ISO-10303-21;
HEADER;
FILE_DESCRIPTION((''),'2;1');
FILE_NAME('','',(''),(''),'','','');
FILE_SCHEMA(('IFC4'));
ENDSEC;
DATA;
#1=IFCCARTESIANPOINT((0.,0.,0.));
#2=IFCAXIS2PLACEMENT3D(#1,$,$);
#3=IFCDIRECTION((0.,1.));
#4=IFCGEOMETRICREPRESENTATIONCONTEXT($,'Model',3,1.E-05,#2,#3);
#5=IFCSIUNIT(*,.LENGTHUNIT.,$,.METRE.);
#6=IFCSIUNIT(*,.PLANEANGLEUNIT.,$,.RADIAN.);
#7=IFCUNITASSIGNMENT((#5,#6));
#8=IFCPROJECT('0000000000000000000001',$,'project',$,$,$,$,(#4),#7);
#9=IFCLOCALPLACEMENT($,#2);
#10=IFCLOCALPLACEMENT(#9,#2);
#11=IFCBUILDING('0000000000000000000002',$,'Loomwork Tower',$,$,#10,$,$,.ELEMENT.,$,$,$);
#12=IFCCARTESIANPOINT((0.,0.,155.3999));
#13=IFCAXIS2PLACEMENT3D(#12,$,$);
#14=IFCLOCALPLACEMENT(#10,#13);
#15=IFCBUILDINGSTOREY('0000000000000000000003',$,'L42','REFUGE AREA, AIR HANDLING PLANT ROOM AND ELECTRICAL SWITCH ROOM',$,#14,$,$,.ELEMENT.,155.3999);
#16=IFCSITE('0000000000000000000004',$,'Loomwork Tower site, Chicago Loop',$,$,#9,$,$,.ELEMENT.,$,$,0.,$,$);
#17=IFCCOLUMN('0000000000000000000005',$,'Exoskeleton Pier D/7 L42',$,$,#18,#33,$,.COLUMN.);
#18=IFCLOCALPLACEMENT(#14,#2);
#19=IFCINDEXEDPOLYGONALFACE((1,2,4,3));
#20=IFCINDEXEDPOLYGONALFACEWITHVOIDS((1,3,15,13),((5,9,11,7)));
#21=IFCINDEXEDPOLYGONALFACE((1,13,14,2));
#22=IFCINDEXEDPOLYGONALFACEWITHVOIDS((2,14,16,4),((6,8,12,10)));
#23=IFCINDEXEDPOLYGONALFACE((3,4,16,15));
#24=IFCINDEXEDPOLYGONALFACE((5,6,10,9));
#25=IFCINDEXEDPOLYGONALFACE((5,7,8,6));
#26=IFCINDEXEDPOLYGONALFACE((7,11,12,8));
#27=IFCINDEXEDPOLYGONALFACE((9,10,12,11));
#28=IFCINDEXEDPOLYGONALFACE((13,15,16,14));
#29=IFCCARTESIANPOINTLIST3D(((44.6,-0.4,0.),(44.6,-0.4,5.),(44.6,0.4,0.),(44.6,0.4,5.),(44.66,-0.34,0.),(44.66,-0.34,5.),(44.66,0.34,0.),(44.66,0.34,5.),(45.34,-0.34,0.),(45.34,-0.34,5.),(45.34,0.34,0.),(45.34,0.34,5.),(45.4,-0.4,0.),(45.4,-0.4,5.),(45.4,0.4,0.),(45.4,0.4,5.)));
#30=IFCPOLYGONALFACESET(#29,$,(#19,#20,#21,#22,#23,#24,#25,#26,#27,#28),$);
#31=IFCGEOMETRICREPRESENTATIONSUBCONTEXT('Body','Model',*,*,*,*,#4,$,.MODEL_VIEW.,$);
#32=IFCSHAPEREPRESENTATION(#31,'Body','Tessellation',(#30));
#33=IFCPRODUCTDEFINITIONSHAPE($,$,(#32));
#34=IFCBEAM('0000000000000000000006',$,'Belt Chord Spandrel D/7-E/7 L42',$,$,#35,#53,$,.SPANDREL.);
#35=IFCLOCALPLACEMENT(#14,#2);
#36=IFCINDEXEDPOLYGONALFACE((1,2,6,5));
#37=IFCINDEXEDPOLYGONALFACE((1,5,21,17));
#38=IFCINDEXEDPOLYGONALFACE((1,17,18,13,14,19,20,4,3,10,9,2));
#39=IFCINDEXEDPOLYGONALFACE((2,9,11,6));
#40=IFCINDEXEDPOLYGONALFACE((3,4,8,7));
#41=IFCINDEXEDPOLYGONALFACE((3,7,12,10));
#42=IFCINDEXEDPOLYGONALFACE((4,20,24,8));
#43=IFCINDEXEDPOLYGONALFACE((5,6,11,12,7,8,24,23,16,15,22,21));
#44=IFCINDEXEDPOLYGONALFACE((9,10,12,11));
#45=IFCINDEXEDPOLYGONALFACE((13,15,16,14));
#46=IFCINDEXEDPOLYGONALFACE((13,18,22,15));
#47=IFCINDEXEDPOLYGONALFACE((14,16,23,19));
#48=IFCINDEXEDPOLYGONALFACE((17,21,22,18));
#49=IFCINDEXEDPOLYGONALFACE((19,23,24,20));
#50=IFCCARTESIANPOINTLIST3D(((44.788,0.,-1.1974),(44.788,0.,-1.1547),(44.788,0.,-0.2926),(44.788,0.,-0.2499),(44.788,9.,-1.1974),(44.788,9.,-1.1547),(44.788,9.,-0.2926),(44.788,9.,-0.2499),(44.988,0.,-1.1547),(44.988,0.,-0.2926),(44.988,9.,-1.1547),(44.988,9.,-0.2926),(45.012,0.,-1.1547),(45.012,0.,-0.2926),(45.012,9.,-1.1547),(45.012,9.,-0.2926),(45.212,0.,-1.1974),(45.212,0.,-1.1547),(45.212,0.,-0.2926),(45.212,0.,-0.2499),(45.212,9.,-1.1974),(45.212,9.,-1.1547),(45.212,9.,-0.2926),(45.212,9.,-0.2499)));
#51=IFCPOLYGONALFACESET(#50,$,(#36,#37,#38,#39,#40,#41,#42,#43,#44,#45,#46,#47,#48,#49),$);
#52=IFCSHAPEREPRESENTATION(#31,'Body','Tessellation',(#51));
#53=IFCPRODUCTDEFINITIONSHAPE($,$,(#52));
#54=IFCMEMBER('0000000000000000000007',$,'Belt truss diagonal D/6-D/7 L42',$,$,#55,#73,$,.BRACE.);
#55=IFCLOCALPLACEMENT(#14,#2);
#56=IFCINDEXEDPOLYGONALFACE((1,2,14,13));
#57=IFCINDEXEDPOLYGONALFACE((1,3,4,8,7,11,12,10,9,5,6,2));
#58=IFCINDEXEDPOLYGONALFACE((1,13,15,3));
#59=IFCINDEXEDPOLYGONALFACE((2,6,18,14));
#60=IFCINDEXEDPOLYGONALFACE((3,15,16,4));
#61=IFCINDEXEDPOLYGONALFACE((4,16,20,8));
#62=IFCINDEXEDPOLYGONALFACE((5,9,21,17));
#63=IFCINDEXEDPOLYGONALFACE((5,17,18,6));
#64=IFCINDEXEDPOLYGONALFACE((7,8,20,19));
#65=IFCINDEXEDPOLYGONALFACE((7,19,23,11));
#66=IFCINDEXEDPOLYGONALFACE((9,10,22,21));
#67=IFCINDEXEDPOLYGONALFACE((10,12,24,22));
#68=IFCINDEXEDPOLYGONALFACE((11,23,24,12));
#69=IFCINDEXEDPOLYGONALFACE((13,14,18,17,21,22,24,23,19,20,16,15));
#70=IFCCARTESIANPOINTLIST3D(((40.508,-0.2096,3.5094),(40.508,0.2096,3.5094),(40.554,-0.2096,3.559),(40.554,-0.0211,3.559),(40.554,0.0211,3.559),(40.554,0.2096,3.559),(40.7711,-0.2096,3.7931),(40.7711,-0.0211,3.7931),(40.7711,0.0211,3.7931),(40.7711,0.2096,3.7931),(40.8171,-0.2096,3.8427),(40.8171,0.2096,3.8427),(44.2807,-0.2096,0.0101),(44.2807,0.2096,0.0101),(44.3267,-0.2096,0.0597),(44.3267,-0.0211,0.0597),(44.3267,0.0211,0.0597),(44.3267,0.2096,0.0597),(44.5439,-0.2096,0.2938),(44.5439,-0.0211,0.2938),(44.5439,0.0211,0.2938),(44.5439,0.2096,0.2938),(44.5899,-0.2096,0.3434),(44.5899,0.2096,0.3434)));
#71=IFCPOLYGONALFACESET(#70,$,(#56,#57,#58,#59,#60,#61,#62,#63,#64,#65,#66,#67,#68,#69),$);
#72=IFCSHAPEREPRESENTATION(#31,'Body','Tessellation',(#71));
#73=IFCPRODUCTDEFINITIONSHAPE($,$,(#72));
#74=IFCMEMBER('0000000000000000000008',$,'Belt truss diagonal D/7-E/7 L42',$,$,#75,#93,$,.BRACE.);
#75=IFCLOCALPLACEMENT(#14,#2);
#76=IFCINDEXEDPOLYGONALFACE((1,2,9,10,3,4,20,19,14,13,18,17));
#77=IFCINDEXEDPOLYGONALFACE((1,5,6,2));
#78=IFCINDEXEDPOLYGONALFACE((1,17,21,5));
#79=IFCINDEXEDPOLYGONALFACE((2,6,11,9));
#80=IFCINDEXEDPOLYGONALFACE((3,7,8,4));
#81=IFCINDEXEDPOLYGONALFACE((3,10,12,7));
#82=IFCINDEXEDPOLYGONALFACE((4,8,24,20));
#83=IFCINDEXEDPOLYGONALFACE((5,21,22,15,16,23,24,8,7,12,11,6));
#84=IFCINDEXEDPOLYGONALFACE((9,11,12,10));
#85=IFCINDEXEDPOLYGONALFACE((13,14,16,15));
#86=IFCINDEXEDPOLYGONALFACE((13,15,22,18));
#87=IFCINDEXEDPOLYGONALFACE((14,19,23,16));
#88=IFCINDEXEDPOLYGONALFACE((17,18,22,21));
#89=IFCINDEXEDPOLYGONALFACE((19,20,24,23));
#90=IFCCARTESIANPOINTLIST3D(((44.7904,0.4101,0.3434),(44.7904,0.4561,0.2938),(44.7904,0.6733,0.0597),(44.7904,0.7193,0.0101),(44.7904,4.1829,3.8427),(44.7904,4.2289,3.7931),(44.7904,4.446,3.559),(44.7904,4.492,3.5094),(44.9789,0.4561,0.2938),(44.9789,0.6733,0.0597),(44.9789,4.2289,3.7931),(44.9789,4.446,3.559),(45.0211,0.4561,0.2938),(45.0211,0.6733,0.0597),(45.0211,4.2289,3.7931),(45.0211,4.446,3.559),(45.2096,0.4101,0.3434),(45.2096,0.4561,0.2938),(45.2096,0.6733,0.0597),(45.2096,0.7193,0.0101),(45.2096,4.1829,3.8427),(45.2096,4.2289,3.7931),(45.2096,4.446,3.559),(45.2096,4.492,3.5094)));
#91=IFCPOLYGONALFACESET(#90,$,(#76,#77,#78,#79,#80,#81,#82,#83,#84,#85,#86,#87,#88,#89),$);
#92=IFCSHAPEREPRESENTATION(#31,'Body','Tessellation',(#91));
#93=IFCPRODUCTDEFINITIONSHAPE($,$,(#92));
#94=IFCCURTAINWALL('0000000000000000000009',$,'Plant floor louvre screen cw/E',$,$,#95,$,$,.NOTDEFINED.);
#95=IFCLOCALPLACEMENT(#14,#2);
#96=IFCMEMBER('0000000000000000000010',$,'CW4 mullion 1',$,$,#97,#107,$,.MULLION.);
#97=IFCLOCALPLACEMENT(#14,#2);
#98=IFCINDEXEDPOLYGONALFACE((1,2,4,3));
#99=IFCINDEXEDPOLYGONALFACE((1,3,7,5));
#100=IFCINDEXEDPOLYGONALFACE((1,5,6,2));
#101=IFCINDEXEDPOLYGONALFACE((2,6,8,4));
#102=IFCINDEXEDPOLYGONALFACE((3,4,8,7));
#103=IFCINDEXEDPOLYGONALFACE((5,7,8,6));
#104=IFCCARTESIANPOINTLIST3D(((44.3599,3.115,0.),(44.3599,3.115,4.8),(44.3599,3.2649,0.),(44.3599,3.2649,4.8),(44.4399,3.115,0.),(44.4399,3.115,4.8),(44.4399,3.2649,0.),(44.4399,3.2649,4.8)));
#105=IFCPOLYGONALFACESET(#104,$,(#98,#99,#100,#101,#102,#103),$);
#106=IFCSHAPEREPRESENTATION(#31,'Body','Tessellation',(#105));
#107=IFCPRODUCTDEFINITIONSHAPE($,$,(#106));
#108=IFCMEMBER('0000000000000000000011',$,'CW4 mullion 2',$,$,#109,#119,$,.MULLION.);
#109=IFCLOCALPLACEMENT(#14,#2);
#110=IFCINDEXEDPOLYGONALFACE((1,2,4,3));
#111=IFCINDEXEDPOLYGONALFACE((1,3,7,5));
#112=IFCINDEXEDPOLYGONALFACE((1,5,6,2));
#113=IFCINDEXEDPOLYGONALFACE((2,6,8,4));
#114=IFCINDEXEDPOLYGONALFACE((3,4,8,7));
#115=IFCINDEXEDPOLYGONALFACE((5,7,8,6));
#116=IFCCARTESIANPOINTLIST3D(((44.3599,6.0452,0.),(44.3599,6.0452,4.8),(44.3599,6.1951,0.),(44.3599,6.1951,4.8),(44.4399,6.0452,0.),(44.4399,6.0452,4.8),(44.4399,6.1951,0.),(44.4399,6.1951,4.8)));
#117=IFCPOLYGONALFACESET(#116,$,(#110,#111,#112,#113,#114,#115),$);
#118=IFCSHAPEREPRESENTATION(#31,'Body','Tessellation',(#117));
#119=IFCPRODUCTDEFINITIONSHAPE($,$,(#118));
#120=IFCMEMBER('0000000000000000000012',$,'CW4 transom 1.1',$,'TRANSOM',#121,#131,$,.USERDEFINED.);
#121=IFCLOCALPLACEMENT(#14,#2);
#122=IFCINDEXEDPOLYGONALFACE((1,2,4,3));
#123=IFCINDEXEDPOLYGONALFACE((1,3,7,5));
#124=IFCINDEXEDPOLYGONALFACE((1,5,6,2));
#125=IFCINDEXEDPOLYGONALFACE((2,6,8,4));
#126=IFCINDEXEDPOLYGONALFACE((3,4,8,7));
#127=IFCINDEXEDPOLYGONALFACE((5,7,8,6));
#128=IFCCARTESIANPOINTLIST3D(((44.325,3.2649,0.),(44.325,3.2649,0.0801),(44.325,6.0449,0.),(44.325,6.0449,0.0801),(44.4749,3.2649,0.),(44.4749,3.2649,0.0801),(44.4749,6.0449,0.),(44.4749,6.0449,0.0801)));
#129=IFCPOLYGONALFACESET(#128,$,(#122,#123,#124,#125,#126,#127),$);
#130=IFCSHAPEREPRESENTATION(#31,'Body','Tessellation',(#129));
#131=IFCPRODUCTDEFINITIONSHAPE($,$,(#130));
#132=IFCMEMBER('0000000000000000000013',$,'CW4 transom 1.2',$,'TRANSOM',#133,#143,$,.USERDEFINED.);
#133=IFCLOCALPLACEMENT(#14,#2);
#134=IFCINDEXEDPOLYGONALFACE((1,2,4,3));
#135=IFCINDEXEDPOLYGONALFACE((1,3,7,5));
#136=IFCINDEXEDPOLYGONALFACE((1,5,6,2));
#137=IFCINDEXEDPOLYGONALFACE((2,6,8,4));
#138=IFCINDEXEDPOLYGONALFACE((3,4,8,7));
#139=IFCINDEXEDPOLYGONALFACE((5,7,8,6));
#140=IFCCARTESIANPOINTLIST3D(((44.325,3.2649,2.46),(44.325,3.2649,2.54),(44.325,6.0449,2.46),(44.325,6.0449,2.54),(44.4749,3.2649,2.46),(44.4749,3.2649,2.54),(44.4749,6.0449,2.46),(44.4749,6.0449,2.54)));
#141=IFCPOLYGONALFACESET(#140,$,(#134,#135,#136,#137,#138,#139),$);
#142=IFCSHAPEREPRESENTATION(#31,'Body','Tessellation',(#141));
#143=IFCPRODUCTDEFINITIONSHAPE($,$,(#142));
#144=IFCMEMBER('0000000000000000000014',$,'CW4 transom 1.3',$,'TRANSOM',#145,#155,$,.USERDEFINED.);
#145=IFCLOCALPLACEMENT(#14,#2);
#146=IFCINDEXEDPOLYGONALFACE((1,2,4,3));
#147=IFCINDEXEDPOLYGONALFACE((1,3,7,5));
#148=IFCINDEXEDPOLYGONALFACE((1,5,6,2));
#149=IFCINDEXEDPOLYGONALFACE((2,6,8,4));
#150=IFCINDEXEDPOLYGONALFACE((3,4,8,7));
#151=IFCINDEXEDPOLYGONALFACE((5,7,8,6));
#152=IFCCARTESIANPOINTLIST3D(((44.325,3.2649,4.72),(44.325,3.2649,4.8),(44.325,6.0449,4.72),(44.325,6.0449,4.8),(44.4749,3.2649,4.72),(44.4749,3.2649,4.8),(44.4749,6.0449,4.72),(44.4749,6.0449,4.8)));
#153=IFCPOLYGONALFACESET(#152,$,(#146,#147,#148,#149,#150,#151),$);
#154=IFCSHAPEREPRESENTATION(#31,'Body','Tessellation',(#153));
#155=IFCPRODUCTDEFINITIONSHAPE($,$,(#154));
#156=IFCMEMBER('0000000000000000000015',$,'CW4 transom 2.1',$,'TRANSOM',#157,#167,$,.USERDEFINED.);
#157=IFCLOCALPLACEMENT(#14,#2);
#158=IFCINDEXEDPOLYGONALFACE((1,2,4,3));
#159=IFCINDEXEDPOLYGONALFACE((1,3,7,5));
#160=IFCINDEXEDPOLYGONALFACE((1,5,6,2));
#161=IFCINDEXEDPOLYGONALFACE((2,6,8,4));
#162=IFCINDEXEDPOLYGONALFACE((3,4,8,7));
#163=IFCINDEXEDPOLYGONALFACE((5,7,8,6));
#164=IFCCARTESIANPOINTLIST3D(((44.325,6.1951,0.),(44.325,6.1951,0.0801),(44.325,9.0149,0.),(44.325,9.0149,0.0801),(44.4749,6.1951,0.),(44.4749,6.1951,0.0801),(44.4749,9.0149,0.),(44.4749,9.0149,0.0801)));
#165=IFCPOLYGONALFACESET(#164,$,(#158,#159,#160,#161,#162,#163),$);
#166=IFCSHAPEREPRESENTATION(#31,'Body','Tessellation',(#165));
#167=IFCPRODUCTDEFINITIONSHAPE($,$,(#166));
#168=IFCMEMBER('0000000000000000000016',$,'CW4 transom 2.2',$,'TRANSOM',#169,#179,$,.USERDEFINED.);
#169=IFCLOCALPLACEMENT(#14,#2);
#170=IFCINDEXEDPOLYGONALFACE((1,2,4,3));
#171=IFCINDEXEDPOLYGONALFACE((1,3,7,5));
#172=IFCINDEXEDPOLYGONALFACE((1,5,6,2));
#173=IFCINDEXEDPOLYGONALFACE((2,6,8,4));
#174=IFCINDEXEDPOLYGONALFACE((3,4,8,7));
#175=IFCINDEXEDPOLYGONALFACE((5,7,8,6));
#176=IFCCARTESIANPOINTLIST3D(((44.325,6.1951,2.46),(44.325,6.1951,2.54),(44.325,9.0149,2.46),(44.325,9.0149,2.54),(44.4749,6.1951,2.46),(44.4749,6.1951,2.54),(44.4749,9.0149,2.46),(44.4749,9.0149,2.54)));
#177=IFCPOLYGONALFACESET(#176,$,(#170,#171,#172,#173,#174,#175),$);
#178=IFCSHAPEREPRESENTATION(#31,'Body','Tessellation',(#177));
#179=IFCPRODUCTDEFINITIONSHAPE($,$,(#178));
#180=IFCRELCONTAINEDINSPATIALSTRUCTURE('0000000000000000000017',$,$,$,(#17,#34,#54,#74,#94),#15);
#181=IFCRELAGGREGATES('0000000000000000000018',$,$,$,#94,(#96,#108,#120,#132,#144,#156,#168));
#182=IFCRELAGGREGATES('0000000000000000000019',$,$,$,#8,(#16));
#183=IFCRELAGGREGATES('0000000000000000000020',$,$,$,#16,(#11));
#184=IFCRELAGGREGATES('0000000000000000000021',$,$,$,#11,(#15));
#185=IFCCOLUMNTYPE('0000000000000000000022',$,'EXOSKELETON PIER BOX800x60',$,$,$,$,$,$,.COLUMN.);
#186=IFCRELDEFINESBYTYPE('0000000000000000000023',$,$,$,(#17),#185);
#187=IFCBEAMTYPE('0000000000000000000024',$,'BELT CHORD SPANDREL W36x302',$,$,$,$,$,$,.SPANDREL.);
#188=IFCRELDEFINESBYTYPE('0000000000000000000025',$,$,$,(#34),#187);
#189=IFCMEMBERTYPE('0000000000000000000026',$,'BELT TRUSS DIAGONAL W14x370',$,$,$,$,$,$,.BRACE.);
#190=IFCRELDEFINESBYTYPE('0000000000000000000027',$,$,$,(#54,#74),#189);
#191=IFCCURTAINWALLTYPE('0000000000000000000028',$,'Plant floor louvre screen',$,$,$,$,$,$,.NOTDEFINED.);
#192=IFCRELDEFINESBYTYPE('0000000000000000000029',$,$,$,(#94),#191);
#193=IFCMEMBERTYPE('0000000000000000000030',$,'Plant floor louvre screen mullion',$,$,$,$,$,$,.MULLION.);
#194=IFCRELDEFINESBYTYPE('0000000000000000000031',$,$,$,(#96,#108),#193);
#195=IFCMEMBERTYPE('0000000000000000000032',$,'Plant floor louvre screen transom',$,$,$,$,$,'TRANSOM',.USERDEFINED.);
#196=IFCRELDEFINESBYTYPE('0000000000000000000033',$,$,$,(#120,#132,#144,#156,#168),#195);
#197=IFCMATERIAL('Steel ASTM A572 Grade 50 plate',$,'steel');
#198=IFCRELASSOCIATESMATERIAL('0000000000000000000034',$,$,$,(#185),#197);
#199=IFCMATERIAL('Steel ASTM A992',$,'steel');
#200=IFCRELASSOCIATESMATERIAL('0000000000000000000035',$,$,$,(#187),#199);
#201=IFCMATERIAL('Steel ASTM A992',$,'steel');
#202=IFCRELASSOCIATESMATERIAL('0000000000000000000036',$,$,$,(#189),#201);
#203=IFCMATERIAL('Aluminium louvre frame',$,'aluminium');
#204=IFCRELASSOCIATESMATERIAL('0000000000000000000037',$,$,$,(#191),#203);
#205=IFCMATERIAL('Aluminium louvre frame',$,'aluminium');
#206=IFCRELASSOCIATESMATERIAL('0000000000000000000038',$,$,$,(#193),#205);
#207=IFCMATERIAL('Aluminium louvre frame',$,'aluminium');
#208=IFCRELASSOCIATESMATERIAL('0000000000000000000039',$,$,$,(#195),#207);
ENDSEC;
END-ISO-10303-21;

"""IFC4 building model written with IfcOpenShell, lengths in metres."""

from ifc_helpers import new_model, si_unit, direction, frame, origin, origin_2d, place, context, subcontext, project, spatial, rectangle, hollow_rectangle, i_section, extrude, material, material_profile, profile_set, type_object, element, aggregate, save


model = new_model("IFC4")

# Units and contexts
model_context = context("Model", 3, precision=1e-05, world=origin(), true_north=direction((0.0, 1.0)))
body_context = subcontext(model_context, "Body", "Model", "MODEL_VIEW")
ifc_project = project(units=[si_unit("LENGTHUNIT", "METRE"), si_unit("PLANEANGLEUNIT", "RADIAN")], contexts=[model_context])

# Site, building, storey
site_placement = place(None, origin())
site = spatial("IfcSite", under=ifc_project, at=site_placement, Name="Loomwork Tower site, Chicago Loop", CompositionType="ELEMENT", RefElevation=0.0)
building_placement = place(site_placement, origin())
building = spatial("IfcBuilding", under=site, at=building_placement, Name="Loomwork Tower", CompositionType="ELEMENT")
storey_placement = place(building_placement, frame((0.0, 0.0, 155.3999)))
storey = spatial("IfcBuildingStorey", under=building, at=storey_placement, Name="L42", Description="REFUGE AREA, AIR HANDLING PLANT ROOM AND ELECTRICAL SWITCH ROOM", CompositionType="ELEMENT", Elevation=155.3999)

# Column
ifc_material_1 = material(Name="Steel ASTM A572 Grade 50 plate", Category="steel")
ifc_material_profile_1 = material_profile(ifc_material_1, hollow_rectangle(XDim=0.8, YDim=0.8, WallThickness=0.0601, at=origin_2d()), Name="BOX800x60")
ifc_profile_set_1 = profile_set([ifc_material_profile_1], Name="Steel ASTM A572 Grade 50 plate")
column_type = type_object("IfcColumnType", Name="EXOSKELETON PIER BOX800x60", PredefinedType="COLUMN", material=ifc_profile_set_1)
column_placement = place(storey_placement, frame((45.0, 0.0, 0.0), z_axis=(0.0, 0.0, 1.0), x_axis=(1.0, 0.0, 0.0)))
element("IfcColumn", 1, at=column_placement, inside=storey, type_object=column_type, Name="Exoskeleton Pier D/7 L42", PredefinedType="COLUMN", context=body_context, shape_type="SweptSolid", body=[
    extrude(hollow_rectangle(XDim=0.8, YDim=0.8, WallThickness=0.0601, at=origin_2d()), origin(), (0.0, 0.0, 1.0), 5.0),
])

# Beam
ifc_material_2 = material(Name="Steel ASTM A992", Category="steel")
ifc_material_profile_2 = material_profile(ifc_material_2, i_section(OverallWidth=0.4241, OverallDepth=0.9475, WebThickness=0.0239, FlangeThickness=0.0427, at=origin_2d()), Name="W36x302")
ifc_profile_set_2 = profile_set([ifc_material_profile_2], Name="Steel ASTM A992")
beam_type = type_object("IfcBeamType", Name="BELT CHORD SPANDREL W36x302", PredefinedType="SPANDREL", material=ifc_profile_set_2)
beam_placement = place(storey_placement, frame((45.0, 0.0, -0.7236), z_axis=(0.0, 1.0, 0.0), x_axis=(-1.0, 0.0, 0.0)))
element("IfcBeam", 2, at=beam_placement, inside=storey, type_object=beam_type, Name="Belt Chord Spandrel D/7-E/7 L42", PredefinedType="SPANDREL", context=body_context, shape_type="SweptSolid", body=[
    extrude(i_section(OverallWidth=0.4241, OverallDepth=0.9475, WebThickness=0.0239, FlangeThickness=0.0427, at=origin_2d()), origin(), (0.0, 0.0, 1.0), 9.0),
])

# Members
ifc_material_3 = material(Name="Steel ASTM A992", Category="steel")
ifc_material_profile_3 = material_profile(ifc_material_3, i_section(OverallWidth=0.4192, OverallDepth=0.4546, WebThickness=0.0422, FlangeThickness=0.0676, at=origin_2d()), Name="W14x370")
ifc_profile_set_3 = profile_set([ifc_material_profile_3], Name="Steel ASTM A992")
member_type_1 = type_object("IfcMemberType", Name="BELT TRUSS DIAGONAL W14x370", PredefinedType="BRACE", material=ifc_profile_set_3)
for number, where, z_axis, x_axis, name in (
    (3, (44.4353, 0.0, 0.1768), (-0.733177, 0.0, 0.680038), (0.0, -1.0, 0.0), "Belt truss diagonal D/6-D/7 L42"),
    (4, (45.0, 0.5647, 0.1768), (0.0, 0.733177, 0.680038), (-1.0, 0.0, 0.0), "Belt truss diagonal D/7-E/7 L42"),
):
    element("IfcMember", number, at=place(storey_placement, frame(where, z_axis=z_axis, x_axis=x_axis)), inside=storey, type_object=member_type_1, Name=name, PredefinedType="BRACE", context=body_context, shape_type="SweptSolid", body=[
        extrude(i_section(OverallWidth=0.4192, OverallDepth=0.4546, WebThickness=0.0422, FlangeThickness=0.0676, at=origin_2d()), origin(), (0.0, 0.0, 1.0), 5.1458),
    ])

# Curtain wall, members
ifc_material_4 = material(Name="Aluminium louvre frame", Category="aluminium")
curtain_wall_type = type_object("IfcCurtainWallType", Name="Plant floor louvre screen", PredefinedType="NOTDEFINED", material=ifc_material_4)
curtain_wall_placement = place(storey_placement, origin())
curtain_wall = element("IfcCurtainWall", 5, at=curtain_wall_placement, inside=storey, type_object=curtain_wall_type, Name="Plant floor louvre screen cw/E", PredefinedType="NOTDEFINED")
ifc_material_5 = material(Name="Aluminium louvre frame", Category="aluminium")
ifc_material_profile_4 = material_profile(ifc_material_5, rectangle(XDim=0.0801, YDim=0.1499, at=origin_2d()), Name="AL 80x150")
ifc_profile_set_4 = profile_set([ifc_material_profile_4], Name="Aluminium louvre frame")
member_type_2 = type_object("IfcMemberType", Name="Plant floor louvre screen mullion", PredefinedType="MULLION", material=ifc_profile_set_4)
member_1_placement = place(storey_placement, frame((44.3999, 3.1899, 0.0), z_axis=(0.0, 0.0, 1.0), x_axis=(-1.0, 0.0, 0.0)))
member_1 = element("IfcMember", 6, at=member_1_placement, type_object=member_type_2, Name="CW4 mullion 1", PredefinedType="MULLION", context=body_context, shape_type="SweptSolid", body=[
    extrude(rectangle(XDim=0.0801, YDim=0.1499, at=origin_2d()), origin(), (0.0, 0.0, 1.0), 4.8),
])
member_2_placement = place(storey_placement, frame((44.3999, 6.1201, 0.0), z_axis=(0.0, 0.0, 1.0), x_axis=(-1.0, 0.0, 0.0)))
member_2 = element("IfcMember", 7, at=member_2_placement, type_object=member_type_2, Name="CW4 mullion 2", PredefinedType="MULLION", context=body_context, shape_type="SweptSolid", body=[
    extrude(rectangle(XDim=0.0801, YDim=0.1499, at=origin_2d()), origin(), (0.0, 0.0, 1.0), 4.8),
])
ifc_material_6 = material(Name="Aluminium louvre frame", Category="aluminium")
ifc_material_profile_5 = material_profile(ifc_material_6, rectangle(XDim=0.1499, YDim=0.0801, at=origin_2d()), Name="AL 80x150")
ifc_profile_set_5 = profile_set([ifc_material_profile_5], Name="Aluminium louvre frame")
member_type_3 = type_object("IfcMemberType", Name="Plant floor louvre screen transom", ElementType="TRANSOM", PredefinedType="USERDEFINED", material=ifc_profile_set_5)
member_3_placement = place(storey_placement, frame((44.3999, 3.2649, 0.04), z_axis=(0.0, 1.0, 0.0), x_axis=(-1.0, 0.0, 0.0)))
member_3 = element("IfcMember", 8, at=member_3_placement, type_object=member_type_3, Name="CW4 transom 1.1", ObjectType="TRANSOM", PredefinedType="USERDEFINED", context=body_context, shape_type="SweptSolid", body=[
    extrude(rectangle(XDim=0.1499, YDim=0.0801, at=origin_2d()), origin(), (0.0, 0.0, 1.0), 2.78),
])
member_4_placement = place(storey_placement, frame((44.3999, 3.2649, 2.5), z_axis=(0.0, 1.0, 0.0), x_axis=(-1.0, 0.0, 0.0)))
member_4 = element("IfcMember", 9, at=member_4_placement, type_object=member_type_3, Name="CW4 transom 1.2", ObjectType="TRANSOM", PredefinedType="USERDEFINED", context=body_context, shape_type="SweptSolid", body=[
    extrude(rectangle(XDim=0.1499, YDim=0.0801, at=origin_2d()), origin(), (0.0, 0.0, 1.0), 2.78),
])
member_5_placement = place(storey_placement, frame((44.3999, 3.2649, 4.76), z_axis=(0.0, 1.0, 0.0), x_axis=(-1.0, 0.0, 0.0)))
member_5 = element("IfcMember", 10, at=member_5_placement, type_object=member_type_3, Name="CW4 transom 1.3", ObjectType="TRANSOM", PredefinedType="USERDEFINED", context=body_context, shape_type="SweptSolid", body=[
    extrude(rectangle(XDim=0.1499, YDim=0.0801, at=origin_2d()), origin(), (0.0, 0.0, 1.0), 2.78),
])
member_6_placement = place(storey_placement, frame((44.3999, 6.1951, 0.04), z_axis=(0.0, 1.0, 0.0), x_axis=(-1.0, 0.0, 0.0)))
member_6 = element("IfcMember", 11, at=member_6_placement, type_object=member_type_3, Name="CW4 transom 2.1", ObjectType="TRANSOM", PredefinedType="USERDEFINED", context=body_context, shape_type="SweptSolid", body=[
    extrude(rectangle(XDim=0.1499, YDim=0.0801, at=origin_2d()), origin(), (0.0, 0.0, 1.0), 2.8198),
])
member_7_placement = place(storey_placement, frame((44.3999, 6.1951, 2.5), z_axis=(0.0, 1.0, 0.0), x_axis=(-1.0, 0.0, 0.0)))
member_7 = element("IfcMember", 12, at=member_7_placement, type_object=member_type_3, Name="CW4 transom 2.2", ObjectType="TRANSOM", PredefinedType="USERDEFINED", context=body_context, shape_type="SweptSolid", body=[
    extrude(rectangle(XDim=0.1499, YDim=0.0801, at=origin_2d()), origin(), (0.0, 0.0, 1.0), 2.8198),
])
aggregate(curtain_wall, [member_1, member_2, member_3, member_4, member_5, member_6, member_7])

save(model, "model.ifc")
